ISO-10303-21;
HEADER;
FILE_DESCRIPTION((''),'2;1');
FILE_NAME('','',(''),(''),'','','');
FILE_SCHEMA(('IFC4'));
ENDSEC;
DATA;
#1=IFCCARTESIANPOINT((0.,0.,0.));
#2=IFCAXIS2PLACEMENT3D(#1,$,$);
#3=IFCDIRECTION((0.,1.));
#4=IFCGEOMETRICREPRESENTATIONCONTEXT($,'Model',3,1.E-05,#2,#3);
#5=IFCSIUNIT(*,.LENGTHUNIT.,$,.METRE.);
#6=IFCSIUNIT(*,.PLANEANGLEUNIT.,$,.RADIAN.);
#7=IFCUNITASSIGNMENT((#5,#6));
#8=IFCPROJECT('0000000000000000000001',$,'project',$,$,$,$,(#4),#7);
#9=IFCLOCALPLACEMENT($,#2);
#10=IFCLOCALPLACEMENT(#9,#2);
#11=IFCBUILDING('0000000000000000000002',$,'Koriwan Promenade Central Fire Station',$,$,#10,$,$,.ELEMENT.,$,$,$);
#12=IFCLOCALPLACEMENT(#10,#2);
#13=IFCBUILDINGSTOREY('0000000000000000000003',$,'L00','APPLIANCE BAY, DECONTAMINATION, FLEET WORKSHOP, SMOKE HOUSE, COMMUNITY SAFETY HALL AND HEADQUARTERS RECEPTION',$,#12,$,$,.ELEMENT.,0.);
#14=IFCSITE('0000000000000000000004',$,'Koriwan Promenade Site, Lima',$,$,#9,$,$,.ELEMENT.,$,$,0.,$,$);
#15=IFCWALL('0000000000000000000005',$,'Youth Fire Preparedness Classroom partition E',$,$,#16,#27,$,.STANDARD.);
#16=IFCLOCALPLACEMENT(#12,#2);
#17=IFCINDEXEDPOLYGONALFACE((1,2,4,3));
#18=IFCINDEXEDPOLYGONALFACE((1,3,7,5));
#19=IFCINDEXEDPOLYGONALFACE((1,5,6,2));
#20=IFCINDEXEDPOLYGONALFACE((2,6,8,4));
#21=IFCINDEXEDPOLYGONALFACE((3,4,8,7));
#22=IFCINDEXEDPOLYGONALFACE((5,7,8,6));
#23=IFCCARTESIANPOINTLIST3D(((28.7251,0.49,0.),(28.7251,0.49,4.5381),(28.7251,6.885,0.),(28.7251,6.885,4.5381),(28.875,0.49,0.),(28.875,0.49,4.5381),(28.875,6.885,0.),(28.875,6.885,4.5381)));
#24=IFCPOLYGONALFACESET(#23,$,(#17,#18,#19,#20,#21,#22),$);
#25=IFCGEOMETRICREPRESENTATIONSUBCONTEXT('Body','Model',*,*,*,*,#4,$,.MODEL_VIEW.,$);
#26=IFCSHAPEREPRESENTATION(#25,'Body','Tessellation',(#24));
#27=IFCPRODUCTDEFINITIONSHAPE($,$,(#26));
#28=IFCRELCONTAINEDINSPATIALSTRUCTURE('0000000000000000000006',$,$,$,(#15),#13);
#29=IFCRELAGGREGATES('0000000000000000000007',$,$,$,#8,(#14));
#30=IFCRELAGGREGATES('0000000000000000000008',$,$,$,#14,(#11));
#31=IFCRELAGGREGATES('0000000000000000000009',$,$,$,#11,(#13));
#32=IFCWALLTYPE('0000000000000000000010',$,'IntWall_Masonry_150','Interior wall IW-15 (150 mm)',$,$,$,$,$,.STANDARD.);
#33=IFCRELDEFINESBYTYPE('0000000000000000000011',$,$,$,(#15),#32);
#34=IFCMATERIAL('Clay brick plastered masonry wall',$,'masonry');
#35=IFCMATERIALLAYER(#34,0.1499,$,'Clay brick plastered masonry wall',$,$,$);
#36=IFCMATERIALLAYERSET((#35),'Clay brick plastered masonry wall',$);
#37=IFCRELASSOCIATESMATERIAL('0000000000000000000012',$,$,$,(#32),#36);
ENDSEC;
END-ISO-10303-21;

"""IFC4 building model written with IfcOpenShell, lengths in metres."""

from ifc_helpers import new_model, si_unit, direction, frame, frame_2d, origin, place, context, subcontext, project, spatial, rectangle, extrude, material, layer, layer_set, type_object, element, save


model = new_model("IFC4")

# Units and contexts
model_context = context("Model", 3, precision=1e-05, world=origin(), true_north=direction((0.0, 1.0)))
body_context = subcontext(model_context, "Body", "Model", "MODEL_VIEW")
ifc_project = project(units=[si_unit("LENGTHUNIT", "METRE"), si_unit("PLANEANGLEUNIT", "RADIAN")], contexts=[model_context])

# Site, building, storey
site_placement = place(None, origin())
site = spatial("IfcSite", under=ifc_project, at=site_placement, Name="Koriwan Promenade Site, Lima", CompositionType="ELEMENT", RefElevation=0.0)
building_placement = place(site_placement, origin())
building = spatial("IfcBuilding", under=site, at=building_placement, Name="Koriwan Promenade Central Fire Station", CompositionType="ELEMENT")
storey_placement = place(building_placement, origin())
storey = spatial("IfcBuildingStorey", under=building, at=storey_placement, Name="L00", Description="APPLIANCE BAY, DECONTAMINATION, FLEET WORKSHOP, SMOKE HOUSE, COMMUNITY SAFETY HALL AND HEADQUARTERS RECEPTION", CompositionType="ELEMENT", Elevation=0.0)

# Wall
ifc_material_1 = material(Name="Clay brick plastered masonry wall", Category="masonry")
ifc_layer_1 = layer(ifc_material_1, 0.1499, Name="Clay brick plastered masonry wall")
ifc_layer_set_1 = layer_set([ifc_layer_1], Name="Clay brick plastered masonry wall")
wall_type_1 = type_object("IfcWallType", Name="IntWall_Masonry_150", Description="Interior wall IW-15 (150 mm)", PredefinedType="STANDARD", material=ifc_layer_set_1)
wall_1_placement = place(storey_placement, frame((28.8, 0.49, 0.0), z_axis=(0.0, 0.0, 1.0), x_axis=(0.0, 1.0, 0.0)))
element("IfcWall", 1, at=wall_1_placement, inside=storey, type_object=wall_type_1, Name="Youth Fire Preparedness Classroom partition E", PredefinedType="STANDARD", context=body_context, shape_type="SweptSolid", body=[
    extrude(rectangle(XDim=6.395, YDim=0.1499, at=frame_2d((3.1975, 0.0))), origin(), (0.0, 0.0, 1.0), 4.5381),
])

save(model, "model.ifc")
